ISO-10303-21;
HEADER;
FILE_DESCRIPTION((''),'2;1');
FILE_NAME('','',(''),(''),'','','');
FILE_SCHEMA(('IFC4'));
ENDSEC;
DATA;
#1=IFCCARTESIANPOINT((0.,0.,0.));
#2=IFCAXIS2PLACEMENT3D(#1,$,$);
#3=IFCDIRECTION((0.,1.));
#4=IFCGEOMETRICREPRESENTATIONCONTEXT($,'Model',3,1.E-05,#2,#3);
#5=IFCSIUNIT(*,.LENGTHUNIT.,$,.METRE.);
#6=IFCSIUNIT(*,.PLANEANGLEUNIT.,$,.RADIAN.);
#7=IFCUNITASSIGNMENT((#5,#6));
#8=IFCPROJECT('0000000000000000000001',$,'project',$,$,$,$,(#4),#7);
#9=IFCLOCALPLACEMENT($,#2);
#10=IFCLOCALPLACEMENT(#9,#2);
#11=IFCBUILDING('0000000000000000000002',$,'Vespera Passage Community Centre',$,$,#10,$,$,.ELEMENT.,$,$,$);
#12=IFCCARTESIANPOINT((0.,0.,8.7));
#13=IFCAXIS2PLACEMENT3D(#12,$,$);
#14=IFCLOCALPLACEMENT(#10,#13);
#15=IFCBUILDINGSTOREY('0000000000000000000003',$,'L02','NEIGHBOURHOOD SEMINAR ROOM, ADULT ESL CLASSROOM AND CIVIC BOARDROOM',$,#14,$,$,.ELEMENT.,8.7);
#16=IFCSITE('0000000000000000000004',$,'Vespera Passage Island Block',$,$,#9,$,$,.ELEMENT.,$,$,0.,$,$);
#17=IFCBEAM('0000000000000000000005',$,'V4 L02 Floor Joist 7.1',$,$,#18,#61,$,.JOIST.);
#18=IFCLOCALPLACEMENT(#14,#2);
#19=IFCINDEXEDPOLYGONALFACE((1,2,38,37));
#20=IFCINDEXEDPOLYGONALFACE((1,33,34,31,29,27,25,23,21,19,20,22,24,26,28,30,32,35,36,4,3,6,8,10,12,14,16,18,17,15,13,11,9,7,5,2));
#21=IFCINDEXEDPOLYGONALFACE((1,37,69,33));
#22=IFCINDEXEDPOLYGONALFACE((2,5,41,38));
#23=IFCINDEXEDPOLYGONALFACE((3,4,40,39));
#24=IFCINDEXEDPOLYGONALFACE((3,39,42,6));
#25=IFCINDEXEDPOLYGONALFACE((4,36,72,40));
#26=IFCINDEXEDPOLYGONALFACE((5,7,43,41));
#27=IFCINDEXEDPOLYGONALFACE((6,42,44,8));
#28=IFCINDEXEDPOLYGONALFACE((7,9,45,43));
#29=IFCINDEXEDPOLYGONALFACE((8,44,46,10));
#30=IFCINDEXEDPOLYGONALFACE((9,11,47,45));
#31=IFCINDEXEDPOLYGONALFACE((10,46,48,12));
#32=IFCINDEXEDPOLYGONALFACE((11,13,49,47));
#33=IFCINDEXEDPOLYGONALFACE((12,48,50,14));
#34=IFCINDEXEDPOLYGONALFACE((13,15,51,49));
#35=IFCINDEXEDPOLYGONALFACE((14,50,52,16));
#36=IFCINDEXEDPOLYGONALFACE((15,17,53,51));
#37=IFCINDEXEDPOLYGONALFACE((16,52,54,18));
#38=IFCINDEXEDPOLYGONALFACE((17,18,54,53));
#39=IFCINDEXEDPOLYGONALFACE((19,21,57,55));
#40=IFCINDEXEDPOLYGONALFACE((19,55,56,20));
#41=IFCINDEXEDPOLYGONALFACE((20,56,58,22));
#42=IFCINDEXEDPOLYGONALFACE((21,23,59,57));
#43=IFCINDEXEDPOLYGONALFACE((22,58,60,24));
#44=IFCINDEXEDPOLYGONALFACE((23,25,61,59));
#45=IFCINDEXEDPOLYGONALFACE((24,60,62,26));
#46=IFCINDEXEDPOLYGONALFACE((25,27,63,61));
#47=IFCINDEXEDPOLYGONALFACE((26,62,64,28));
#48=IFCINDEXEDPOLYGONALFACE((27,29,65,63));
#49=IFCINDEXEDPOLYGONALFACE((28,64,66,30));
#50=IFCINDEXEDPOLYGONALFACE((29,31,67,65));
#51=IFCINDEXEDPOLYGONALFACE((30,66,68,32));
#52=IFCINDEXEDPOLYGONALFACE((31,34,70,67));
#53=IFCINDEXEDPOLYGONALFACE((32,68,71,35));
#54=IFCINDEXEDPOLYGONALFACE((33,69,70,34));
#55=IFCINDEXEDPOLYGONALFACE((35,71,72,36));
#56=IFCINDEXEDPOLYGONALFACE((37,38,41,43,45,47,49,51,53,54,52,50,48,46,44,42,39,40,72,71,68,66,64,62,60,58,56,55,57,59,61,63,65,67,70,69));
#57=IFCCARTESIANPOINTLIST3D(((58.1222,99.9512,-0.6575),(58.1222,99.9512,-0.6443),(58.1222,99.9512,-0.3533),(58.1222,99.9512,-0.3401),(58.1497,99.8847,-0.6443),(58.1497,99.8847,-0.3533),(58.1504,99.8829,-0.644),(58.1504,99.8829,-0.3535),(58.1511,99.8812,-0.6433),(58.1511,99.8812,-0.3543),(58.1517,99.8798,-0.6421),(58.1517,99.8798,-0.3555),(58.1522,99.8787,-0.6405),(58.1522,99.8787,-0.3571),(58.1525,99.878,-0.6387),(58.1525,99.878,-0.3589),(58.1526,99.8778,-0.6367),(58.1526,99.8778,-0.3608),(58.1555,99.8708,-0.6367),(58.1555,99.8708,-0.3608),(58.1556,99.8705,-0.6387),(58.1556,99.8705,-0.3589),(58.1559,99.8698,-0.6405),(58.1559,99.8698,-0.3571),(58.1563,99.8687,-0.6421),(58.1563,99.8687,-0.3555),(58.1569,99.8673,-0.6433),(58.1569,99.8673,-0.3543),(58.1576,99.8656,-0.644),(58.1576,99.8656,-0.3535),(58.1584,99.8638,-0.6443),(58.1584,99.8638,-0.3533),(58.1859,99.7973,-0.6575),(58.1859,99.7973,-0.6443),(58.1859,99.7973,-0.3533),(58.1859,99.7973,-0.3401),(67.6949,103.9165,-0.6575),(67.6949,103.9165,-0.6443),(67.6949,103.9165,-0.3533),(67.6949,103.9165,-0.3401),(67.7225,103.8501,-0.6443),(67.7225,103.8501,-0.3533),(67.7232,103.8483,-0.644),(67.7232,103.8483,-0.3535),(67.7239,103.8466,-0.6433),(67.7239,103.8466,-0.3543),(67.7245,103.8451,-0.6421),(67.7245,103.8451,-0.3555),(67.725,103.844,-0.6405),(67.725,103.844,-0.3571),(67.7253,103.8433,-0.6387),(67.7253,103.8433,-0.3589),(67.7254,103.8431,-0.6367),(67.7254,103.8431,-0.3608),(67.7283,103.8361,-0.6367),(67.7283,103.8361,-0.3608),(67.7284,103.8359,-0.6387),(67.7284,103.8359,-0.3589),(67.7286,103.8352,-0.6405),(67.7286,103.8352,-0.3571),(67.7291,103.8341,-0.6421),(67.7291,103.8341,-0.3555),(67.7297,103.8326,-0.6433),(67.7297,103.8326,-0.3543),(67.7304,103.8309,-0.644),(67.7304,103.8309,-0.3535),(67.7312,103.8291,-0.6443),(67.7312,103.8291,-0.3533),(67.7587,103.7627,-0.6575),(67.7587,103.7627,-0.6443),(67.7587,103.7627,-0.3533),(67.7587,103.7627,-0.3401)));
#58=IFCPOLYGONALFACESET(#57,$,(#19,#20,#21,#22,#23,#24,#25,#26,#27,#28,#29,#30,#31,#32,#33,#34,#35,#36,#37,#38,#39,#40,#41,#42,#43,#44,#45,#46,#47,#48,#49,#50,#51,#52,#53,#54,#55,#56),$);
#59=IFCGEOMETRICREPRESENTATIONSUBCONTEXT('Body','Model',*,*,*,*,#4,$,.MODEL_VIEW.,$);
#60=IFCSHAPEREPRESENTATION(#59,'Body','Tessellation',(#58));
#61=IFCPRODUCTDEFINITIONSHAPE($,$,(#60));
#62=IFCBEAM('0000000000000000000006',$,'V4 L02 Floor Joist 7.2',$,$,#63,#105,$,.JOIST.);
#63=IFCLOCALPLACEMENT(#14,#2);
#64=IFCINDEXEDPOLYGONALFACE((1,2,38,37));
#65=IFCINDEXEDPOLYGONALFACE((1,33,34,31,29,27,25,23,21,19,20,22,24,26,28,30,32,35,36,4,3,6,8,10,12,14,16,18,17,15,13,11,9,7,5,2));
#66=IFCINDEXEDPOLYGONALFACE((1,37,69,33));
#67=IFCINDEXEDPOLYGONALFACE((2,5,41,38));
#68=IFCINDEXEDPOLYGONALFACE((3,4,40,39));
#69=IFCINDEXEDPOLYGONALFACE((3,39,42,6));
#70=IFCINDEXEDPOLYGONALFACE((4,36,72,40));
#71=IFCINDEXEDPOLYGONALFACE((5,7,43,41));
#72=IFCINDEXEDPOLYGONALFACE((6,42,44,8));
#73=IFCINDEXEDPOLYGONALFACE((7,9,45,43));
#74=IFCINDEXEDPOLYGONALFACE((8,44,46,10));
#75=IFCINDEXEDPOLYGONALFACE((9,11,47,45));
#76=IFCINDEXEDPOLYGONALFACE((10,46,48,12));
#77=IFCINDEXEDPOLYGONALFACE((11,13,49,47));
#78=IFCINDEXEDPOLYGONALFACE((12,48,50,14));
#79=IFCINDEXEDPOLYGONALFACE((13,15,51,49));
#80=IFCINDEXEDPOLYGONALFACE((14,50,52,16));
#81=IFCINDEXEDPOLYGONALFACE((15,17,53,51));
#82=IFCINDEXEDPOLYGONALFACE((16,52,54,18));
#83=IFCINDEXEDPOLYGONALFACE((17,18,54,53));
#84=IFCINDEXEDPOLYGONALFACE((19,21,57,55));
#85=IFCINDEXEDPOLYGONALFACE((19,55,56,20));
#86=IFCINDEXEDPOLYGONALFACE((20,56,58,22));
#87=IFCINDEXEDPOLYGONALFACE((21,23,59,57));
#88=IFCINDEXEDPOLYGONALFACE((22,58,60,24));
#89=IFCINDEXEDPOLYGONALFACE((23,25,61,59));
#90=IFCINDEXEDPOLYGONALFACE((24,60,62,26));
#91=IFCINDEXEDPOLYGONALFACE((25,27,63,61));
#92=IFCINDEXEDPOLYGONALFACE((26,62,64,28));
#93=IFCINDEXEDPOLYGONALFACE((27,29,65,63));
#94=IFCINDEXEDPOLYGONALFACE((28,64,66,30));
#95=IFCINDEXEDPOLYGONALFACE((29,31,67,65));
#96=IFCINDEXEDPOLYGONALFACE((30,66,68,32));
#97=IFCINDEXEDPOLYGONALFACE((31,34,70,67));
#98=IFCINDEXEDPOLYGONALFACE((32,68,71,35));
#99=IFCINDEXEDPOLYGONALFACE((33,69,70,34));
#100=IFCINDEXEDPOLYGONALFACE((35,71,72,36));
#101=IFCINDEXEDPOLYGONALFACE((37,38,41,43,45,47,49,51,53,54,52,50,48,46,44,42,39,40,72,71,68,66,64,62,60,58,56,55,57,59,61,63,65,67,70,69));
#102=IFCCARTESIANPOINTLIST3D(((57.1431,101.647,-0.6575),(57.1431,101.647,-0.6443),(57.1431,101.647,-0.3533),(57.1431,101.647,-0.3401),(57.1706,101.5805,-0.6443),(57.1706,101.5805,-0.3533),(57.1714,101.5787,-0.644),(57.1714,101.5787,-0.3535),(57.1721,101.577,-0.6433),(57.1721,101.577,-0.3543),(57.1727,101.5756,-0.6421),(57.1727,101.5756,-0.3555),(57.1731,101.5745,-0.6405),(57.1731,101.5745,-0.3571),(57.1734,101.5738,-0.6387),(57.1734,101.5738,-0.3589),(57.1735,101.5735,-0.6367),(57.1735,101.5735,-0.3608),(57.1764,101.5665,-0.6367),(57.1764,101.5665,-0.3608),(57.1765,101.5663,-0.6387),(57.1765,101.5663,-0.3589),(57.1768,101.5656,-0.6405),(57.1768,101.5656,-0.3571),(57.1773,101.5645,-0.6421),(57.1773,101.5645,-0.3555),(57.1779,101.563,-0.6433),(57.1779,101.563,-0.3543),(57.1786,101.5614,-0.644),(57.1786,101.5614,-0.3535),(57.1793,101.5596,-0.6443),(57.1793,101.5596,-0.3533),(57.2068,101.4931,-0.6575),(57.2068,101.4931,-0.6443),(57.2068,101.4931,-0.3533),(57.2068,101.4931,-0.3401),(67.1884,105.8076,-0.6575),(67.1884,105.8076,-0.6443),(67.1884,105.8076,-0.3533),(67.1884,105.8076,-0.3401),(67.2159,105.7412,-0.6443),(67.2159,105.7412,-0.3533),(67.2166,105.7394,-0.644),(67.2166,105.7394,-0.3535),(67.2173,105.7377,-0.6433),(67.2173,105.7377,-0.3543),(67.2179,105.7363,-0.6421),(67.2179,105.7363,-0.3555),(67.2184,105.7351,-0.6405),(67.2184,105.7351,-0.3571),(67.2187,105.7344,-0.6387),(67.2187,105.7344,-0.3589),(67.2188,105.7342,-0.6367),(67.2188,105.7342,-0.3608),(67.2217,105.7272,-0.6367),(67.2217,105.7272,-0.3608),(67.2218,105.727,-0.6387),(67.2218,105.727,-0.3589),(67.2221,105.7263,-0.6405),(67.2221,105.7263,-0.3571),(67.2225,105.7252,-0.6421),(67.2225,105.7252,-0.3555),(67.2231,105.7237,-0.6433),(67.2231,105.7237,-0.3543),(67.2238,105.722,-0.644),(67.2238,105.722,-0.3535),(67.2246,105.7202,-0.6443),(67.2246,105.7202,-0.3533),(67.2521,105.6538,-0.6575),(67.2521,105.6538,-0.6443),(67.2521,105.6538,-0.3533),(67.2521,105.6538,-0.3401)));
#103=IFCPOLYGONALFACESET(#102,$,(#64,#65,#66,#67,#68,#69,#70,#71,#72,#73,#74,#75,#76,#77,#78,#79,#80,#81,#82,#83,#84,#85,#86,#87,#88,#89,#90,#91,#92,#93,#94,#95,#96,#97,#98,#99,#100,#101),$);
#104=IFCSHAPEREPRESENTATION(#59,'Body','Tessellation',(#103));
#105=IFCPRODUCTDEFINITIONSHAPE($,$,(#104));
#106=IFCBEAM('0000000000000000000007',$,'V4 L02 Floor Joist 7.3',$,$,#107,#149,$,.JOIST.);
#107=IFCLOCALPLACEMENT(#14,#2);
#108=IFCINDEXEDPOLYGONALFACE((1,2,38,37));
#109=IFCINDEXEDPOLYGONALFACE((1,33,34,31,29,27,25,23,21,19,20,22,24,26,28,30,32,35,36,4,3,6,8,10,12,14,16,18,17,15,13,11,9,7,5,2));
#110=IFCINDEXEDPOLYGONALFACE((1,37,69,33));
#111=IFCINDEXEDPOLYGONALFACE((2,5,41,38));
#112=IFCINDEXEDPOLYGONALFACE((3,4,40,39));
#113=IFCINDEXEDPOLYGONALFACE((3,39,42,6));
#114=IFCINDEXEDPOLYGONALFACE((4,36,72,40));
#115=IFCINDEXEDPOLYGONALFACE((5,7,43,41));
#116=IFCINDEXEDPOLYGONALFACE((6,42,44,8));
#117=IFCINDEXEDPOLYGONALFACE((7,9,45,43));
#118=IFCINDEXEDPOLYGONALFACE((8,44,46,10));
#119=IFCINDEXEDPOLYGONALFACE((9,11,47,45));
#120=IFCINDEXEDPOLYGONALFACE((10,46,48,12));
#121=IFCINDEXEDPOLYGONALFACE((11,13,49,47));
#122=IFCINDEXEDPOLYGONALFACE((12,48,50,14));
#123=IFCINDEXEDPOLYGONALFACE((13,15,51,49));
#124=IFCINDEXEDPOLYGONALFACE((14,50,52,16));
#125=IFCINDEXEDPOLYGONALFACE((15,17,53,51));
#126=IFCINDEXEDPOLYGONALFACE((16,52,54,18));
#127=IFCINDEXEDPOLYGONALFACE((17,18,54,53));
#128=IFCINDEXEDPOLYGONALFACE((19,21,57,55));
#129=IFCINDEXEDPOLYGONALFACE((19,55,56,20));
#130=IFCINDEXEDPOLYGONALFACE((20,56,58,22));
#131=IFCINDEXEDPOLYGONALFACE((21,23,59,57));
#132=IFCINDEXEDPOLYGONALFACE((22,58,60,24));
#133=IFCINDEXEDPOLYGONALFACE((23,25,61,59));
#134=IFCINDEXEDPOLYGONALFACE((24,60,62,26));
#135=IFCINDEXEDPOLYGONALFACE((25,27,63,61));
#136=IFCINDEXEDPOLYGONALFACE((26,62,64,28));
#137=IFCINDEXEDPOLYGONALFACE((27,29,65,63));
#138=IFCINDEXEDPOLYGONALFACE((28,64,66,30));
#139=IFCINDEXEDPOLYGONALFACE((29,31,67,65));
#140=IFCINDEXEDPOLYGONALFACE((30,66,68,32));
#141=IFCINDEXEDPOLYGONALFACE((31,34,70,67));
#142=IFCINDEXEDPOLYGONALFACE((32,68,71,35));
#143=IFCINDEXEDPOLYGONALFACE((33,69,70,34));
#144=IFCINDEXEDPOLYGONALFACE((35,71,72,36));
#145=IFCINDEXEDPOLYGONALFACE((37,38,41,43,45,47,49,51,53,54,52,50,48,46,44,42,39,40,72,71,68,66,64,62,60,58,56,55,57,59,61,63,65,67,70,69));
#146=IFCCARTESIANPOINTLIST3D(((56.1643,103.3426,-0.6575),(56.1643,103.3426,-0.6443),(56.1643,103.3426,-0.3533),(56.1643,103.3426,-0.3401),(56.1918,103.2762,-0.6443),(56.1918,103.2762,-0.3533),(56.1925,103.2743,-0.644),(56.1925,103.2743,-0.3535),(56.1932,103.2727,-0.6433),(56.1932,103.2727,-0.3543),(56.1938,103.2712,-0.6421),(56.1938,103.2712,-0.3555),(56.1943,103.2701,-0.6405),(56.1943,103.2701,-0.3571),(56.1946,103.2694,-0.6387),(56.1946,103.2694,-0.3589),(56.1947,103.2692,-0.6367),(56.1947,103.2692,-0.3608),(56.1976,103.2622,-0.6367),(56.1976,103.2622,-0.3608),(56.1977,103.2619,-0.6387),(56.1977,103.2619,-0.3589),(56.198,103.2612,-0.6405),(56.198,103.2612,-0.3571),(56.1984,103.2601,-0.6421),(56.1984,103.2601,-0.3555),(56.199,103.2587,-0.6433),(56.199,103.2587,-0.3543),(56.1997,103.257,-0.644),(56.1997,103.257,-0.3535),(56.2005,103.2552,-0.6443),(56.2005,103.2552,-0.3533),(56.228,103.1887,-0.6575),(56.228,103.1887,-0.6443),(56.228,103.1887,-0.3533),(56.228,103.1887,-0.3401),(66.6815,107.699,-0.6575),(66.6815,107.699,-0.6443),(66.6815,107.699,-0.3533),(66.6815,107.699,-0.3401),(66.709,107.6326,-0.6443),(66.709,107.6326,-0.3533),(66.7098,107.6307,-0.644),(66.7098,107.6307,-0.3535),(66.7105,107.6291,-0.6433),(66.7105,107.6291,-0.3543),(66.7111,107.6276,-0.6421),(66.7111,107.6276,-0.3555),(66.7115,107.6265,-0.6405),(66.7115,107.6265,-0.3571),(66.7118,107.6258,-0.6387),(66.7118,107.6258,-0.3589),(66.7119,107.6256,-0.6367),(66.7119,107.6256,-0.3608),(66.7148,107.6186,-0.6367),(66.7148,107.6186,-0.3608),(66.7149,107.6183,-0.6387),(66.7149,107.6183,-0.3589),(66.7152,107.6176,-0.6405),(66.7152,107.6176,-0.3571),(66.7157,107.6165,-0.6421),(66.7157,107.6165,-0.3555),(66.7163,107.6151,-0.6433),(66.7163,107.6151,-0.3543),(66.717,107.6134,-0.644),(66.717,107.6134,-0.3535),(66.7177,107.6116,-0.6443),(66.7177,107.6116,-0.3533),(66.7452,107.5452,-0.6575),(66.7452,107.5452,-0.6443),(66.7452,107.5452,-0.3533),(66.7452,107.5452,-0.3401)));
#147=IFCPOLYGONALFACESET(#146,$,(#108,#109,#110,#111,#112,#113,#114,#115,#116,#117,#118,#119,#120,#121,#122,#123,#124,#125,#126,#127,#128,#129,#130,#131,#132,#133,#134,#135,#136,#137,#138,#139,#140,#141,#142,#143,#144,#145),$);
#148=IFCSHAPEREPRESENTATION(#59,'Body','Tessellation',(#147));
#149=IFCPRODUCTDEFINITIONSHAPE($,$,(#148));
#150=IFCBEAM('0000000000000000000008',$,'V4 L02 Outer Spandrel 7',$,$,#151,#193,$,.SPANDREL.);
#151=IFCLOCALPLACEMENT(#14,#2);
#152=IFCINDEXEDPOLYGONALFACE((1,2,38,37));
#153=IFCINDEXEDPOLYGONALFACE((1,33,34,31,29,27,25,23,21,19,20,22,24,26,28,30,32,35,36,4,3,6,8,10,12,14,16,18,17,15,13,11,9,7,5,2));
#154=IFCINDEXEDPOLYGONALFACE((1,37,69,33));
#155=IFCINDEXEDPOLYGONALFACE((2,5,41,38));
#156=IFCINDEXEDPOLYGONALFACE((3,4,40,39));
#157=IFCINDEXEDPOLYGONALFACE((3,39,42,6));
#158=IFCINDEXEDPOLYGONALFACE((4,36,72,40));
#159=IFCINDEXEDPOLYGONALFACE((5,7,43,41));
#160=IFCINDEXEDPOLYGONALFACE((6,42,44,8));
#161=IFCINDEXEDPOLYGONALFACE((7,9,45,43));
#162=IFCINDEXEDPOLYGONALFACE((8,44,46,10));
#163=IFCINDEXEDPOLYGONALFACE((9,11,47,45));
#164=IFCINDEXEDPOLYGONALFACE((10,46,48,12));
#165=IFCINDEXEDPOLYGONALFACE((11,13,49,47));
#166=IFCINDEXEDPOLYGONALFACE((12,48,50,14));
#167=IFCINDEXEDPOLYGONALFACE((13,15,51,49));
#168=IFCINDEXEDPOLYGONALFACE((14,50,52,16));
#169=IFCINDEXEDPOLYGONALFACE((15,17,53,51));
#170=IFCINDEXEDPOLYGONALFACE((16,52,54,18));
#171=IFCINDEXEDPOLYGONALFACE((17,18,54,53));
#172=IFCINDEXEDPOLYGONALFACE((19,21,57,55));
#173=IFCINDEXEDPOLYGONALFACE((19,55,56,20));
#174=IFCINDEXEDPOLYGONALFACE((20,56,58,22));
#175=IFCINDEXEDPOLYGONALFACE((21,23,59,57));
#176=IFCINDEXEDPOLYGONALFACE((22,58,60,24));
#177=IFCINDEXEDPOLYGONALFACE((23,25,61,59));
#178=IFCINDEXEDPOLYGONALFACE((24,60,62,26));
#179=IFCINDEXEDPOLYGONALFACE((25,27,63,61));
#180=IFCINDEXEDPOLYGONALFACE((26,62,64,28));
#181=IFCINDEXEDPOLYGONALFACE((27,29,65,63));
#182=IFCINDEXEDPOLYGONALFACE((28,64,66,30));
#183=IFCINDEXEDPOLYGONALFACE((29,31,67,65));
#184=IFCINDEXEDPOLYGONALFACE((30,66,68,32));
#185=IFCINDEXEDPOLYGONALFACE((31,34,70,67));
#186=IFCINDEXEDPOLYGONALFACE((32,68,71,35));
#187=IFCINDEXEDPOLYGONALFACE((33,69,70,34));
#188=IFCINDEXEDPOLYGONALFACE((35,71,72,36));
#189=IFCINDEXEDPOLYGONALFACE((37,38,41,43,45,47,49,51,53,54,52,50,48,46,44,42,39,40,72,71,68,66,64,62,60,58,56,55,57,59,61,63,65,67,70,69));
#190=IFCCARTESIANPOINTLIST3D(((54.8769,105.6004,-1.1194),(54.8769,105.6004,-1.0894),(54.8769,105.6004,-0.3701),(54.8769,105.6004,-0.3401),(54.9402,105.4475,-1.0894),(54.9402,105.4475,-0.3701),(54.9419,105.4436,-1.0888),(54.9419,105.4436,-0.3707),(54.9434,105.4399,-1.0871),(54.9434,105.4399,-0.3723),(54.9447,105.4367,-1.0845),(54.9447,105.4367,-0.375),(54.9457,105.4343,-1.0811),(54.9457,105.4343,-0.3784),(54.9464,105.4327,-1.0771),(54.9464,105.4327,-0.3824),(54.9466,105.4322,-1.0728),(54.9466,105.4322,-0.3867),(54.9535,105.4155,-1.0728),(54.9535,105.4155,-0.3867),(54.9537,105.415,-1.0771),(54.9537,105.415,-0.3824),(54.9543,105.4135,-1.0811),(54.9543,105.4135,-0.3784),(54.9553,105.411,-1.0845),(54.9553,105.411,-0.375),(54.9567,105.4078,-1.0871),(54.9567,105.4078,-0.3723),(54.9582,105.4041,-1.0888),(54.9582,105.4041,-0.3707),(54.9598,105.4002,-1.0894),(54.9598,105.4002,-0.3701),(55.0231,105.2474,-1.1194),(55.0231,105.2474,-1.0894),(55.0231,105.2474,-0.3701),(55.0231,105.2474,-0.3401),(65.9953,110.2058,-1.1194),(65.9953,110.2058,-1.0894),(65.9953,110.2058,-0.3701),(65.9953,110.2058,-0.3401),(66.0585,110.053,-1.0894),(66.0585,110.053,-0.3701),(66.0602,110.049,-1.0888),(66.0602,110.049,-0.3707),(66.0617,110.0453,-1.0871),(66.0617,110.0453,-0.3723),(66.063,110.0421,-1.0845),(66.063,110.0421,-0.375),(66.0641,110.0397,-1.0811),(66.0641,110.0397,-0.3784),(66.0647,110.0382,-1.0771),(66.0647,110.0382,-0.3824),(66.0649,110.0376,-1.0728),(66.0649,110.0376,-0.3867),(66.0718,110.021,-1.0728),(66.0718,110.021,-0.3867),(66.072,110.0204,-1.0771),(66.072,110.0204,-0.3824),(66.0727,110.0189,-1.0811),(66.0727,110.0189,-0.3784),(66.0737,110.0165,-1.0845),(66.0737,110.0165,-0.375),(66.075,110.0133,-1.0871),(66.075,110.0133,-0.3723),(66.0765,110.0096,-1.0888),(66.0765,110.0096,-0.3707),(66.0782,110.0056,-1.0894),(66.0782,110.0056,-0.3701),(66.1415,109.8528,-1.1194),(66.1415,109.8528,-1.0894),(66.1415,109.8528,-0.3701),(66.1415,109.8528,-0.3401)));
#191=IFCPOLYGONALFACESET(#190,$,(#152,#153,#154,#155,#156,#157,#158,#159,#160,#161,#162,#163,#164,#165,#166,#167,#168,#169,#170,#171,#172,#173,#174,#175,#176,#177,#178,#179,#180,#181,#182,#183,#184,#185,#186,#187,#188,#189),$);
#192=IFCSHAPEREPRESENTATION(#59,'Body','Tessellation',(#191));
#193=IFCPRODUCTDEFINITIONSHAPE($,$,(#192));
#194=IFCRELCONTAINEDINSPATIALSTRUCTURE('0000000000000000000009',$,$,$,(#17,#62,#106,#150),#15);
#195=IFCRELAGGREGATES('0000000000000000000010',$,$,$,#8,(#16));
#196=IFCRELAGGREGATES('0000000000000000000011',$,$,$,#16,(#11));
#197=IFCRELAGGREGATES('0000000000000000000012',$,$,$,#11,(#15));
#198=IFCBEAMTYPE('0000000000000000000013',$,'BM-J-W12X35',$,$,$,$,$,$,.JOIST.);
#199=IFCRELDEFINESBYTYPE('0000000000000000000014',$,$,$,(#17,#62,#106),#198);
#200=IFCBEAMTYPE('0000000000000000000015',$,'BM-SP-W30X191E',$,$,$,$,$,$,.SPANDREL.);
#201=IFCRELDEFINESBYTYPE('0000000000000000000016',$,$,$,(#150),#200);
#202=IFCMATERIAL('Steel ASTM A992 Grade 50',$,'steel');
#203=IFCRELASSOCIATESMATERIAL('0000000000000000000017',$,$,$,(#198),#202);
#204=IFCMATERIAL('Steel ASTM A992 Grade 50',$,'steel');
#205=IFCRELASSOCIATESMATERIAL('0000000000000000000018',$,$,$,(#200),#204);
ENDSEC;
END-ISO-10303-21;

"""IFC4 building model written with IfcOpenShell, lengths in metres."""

from ifc_helpers import new_model, si_unit, direction, frame, origin, origin_2d, place, context, subcontext, project, spatial, i_section, extrude, material, material_profile, profile_set, type_object, element, save


model = new_model("IFC4")

# Units and contexts
model_context = context("Model", 3, precision=1e-05, world=origin(), true_north=direction((0.0, 1.0)))
body_context = subcontext(model_context, "Body", "Model", "MODEL_VIEW")
ifc_project = project(units=[si_unit("LENGTHUNIT", "METRE"), si_unit("PLANEANGLEUNIT", "RADIAN")], contexts=[model_context])

# Site, building, storey
site_placement = place(None, origin())
site = spatial("IfcSite", under=ifc_project, at=site_placement, Name="Vespera Passage Island Block", CompositionType="ELEMENT", RefElevation=0.0)
building_placement = place(site_placement, origin())
building = spatial("IfcBuilding", under=site, at=building_placement, Name="Vespera Passage Community Centre", CompositionType="ELEMENT")
storey_placement = place(building_placement, frame((0.0, 0.0, 8.7)))
storey = spatial("IfcBuildingStorey", under=building, at=storey_placement, Name="L02", Description="NEIGHBOURHOOD SEMINAR ROOM, ADULT ESL CLASSROOM AND CIVIC BOARDROOM", CompositionType="ELEMENT", Elevation=8.7)

# Beams
ifc_material_1 = material(Name="Steel ASTM A992 Grade 50", Category="steel")
ifc_material_profile_1 = material_profile(ifc_material_1, i_section(OverallWidth=0.1665, OverallDepth=0.3174, WebThickness=0.0076, FlangeThickness=0.0132, FilletRadius=0.0076, at=origin_2d()), Name="W12X35")
ifc_profile_set_1 = profile_set([ifc_material_profile_1], Name="Steel ASTM A992 Grade 50")
beam_type_1 = type_object("IfcBeamType", Name="BM-J-W12X35", PredefinedType="JOIST", material=ifc_profile_set_1)
beam_1_placement = place(storey_placement, frame((67.7268, 103.8396, -0.4988), z_axis=(-0.923874, -0.382697, 0.0), x_axis=(0.382697, -0.923874, 0.0)))
element("IfcBeam", 1, at=beam_1_placement, inside=storey, type_object=beam_type_1, Name="V4 L02 Floor Joist 7.1", PredefinedType="JOIST", context=body_context, shape_type="SweptSolid", body=[
    extrude(i_section(OverallWidth=0.1665, OverallDepth=0.3174, WebThickness=0.0076, FlangeThickness=0.0132, FilletRadius=0.0076, at=origin_2d()), origin(), (0.0, 0.0, 1.0), 10.3616),
])
beam_2_placement = place(storey_placement, frame((67.2202, 105.7307, -0.4988), z_axis=(-0.923886, -0.382668, 0.0), x_axis=(0.382668, -0.923886, 0.0)))
element("IfcBeam", 2, at=beam_2_placement, inside=storey, type_object=beam_type_1, Name="V4 L02 Floor Joist 7.2", PredefinedType="JOIST", context=body_context, shape_type="SweptSolid", body=[
    extrude(i_section(OverallWidth=0.1665, OverallDepth=0.3174, WebThickness=0.0076, FlangeThickness=0.0132, FilletRadius=0.0076, at=origin_2d()), origin(), (0.0, 0.0, 1.0), 10.8728),
])
beam_3_placement = place(storey_placement, frame((66.7134, 107.6221, -0.4988), z_axis=(-0.923879, -0.382685, 0.0), x_axis=(0.382685, -0.923879, 0.0)))
element("IfcBeam", 3, at=beam_3_placement, inside=storey, type_object=beam_type_1, Name="V4 L02 Floor Joist 7.3", PredefinedType="JOIST", context=body_context, shape_type="SweptSolid", body=[
    extrude(i_section(OverallWidth=0.1665, OverallDepth=0.3174, WebThickness=0.0076, FlangeThickness=0.0132, FilletRadius=0.0076, at=origin_2d()), origin(), (0.0, 0.0, 1.0), 11.3838),
])
ifc_material_2 = material(Name="Steel ASTM A992 Grade 50", Category="steel")
ifc_material_profile_2 = material_profile(ifc_material_2, i_section(OverallWidth=0.3821, OverallDepth=0.7793, WebThickness=0.0181, FlangeThickness=0.03, FilletRadius=0.0166, at=origin_2d()), Name="W30X191")
ifc_profile_set_2 = profile_set([ifc_material_profile_2], Name="Steel ASTM A992 Grade 50")
beam_type_2 = type_object("IfcBeamType", Name="BM-SP-W30X191E", PredefinedType="SPANDREL", material=ifc_profile_set_2)
beam_4_placement = place(storey_placement, frame((66.0684, 110.0293, -0.7297), z_axis=(-0.923877, -0.382689, 0.0), x_axis=(0.382689, -0.923877, 0.0)))
element("IfcBeam", 4, at=beam_4_placement, inside=storey, type_object=beam_type_2, Name="V4 L02 Outer Spandrel 7", PredefinedType="SPANDREL", context=body_context, shape_type="SweptSolid", body=[
    extrude(i_section(OverallWidth=0.3821, OverallDepth=0.7793, WebThickness=0.0181, FlangeThickness=0.03, FilletRadius=0.0166, at=origin_2d()), origin(), (0.0, 0.0, 1.0), 12.0344),
])

save(model, "model.ifc")
